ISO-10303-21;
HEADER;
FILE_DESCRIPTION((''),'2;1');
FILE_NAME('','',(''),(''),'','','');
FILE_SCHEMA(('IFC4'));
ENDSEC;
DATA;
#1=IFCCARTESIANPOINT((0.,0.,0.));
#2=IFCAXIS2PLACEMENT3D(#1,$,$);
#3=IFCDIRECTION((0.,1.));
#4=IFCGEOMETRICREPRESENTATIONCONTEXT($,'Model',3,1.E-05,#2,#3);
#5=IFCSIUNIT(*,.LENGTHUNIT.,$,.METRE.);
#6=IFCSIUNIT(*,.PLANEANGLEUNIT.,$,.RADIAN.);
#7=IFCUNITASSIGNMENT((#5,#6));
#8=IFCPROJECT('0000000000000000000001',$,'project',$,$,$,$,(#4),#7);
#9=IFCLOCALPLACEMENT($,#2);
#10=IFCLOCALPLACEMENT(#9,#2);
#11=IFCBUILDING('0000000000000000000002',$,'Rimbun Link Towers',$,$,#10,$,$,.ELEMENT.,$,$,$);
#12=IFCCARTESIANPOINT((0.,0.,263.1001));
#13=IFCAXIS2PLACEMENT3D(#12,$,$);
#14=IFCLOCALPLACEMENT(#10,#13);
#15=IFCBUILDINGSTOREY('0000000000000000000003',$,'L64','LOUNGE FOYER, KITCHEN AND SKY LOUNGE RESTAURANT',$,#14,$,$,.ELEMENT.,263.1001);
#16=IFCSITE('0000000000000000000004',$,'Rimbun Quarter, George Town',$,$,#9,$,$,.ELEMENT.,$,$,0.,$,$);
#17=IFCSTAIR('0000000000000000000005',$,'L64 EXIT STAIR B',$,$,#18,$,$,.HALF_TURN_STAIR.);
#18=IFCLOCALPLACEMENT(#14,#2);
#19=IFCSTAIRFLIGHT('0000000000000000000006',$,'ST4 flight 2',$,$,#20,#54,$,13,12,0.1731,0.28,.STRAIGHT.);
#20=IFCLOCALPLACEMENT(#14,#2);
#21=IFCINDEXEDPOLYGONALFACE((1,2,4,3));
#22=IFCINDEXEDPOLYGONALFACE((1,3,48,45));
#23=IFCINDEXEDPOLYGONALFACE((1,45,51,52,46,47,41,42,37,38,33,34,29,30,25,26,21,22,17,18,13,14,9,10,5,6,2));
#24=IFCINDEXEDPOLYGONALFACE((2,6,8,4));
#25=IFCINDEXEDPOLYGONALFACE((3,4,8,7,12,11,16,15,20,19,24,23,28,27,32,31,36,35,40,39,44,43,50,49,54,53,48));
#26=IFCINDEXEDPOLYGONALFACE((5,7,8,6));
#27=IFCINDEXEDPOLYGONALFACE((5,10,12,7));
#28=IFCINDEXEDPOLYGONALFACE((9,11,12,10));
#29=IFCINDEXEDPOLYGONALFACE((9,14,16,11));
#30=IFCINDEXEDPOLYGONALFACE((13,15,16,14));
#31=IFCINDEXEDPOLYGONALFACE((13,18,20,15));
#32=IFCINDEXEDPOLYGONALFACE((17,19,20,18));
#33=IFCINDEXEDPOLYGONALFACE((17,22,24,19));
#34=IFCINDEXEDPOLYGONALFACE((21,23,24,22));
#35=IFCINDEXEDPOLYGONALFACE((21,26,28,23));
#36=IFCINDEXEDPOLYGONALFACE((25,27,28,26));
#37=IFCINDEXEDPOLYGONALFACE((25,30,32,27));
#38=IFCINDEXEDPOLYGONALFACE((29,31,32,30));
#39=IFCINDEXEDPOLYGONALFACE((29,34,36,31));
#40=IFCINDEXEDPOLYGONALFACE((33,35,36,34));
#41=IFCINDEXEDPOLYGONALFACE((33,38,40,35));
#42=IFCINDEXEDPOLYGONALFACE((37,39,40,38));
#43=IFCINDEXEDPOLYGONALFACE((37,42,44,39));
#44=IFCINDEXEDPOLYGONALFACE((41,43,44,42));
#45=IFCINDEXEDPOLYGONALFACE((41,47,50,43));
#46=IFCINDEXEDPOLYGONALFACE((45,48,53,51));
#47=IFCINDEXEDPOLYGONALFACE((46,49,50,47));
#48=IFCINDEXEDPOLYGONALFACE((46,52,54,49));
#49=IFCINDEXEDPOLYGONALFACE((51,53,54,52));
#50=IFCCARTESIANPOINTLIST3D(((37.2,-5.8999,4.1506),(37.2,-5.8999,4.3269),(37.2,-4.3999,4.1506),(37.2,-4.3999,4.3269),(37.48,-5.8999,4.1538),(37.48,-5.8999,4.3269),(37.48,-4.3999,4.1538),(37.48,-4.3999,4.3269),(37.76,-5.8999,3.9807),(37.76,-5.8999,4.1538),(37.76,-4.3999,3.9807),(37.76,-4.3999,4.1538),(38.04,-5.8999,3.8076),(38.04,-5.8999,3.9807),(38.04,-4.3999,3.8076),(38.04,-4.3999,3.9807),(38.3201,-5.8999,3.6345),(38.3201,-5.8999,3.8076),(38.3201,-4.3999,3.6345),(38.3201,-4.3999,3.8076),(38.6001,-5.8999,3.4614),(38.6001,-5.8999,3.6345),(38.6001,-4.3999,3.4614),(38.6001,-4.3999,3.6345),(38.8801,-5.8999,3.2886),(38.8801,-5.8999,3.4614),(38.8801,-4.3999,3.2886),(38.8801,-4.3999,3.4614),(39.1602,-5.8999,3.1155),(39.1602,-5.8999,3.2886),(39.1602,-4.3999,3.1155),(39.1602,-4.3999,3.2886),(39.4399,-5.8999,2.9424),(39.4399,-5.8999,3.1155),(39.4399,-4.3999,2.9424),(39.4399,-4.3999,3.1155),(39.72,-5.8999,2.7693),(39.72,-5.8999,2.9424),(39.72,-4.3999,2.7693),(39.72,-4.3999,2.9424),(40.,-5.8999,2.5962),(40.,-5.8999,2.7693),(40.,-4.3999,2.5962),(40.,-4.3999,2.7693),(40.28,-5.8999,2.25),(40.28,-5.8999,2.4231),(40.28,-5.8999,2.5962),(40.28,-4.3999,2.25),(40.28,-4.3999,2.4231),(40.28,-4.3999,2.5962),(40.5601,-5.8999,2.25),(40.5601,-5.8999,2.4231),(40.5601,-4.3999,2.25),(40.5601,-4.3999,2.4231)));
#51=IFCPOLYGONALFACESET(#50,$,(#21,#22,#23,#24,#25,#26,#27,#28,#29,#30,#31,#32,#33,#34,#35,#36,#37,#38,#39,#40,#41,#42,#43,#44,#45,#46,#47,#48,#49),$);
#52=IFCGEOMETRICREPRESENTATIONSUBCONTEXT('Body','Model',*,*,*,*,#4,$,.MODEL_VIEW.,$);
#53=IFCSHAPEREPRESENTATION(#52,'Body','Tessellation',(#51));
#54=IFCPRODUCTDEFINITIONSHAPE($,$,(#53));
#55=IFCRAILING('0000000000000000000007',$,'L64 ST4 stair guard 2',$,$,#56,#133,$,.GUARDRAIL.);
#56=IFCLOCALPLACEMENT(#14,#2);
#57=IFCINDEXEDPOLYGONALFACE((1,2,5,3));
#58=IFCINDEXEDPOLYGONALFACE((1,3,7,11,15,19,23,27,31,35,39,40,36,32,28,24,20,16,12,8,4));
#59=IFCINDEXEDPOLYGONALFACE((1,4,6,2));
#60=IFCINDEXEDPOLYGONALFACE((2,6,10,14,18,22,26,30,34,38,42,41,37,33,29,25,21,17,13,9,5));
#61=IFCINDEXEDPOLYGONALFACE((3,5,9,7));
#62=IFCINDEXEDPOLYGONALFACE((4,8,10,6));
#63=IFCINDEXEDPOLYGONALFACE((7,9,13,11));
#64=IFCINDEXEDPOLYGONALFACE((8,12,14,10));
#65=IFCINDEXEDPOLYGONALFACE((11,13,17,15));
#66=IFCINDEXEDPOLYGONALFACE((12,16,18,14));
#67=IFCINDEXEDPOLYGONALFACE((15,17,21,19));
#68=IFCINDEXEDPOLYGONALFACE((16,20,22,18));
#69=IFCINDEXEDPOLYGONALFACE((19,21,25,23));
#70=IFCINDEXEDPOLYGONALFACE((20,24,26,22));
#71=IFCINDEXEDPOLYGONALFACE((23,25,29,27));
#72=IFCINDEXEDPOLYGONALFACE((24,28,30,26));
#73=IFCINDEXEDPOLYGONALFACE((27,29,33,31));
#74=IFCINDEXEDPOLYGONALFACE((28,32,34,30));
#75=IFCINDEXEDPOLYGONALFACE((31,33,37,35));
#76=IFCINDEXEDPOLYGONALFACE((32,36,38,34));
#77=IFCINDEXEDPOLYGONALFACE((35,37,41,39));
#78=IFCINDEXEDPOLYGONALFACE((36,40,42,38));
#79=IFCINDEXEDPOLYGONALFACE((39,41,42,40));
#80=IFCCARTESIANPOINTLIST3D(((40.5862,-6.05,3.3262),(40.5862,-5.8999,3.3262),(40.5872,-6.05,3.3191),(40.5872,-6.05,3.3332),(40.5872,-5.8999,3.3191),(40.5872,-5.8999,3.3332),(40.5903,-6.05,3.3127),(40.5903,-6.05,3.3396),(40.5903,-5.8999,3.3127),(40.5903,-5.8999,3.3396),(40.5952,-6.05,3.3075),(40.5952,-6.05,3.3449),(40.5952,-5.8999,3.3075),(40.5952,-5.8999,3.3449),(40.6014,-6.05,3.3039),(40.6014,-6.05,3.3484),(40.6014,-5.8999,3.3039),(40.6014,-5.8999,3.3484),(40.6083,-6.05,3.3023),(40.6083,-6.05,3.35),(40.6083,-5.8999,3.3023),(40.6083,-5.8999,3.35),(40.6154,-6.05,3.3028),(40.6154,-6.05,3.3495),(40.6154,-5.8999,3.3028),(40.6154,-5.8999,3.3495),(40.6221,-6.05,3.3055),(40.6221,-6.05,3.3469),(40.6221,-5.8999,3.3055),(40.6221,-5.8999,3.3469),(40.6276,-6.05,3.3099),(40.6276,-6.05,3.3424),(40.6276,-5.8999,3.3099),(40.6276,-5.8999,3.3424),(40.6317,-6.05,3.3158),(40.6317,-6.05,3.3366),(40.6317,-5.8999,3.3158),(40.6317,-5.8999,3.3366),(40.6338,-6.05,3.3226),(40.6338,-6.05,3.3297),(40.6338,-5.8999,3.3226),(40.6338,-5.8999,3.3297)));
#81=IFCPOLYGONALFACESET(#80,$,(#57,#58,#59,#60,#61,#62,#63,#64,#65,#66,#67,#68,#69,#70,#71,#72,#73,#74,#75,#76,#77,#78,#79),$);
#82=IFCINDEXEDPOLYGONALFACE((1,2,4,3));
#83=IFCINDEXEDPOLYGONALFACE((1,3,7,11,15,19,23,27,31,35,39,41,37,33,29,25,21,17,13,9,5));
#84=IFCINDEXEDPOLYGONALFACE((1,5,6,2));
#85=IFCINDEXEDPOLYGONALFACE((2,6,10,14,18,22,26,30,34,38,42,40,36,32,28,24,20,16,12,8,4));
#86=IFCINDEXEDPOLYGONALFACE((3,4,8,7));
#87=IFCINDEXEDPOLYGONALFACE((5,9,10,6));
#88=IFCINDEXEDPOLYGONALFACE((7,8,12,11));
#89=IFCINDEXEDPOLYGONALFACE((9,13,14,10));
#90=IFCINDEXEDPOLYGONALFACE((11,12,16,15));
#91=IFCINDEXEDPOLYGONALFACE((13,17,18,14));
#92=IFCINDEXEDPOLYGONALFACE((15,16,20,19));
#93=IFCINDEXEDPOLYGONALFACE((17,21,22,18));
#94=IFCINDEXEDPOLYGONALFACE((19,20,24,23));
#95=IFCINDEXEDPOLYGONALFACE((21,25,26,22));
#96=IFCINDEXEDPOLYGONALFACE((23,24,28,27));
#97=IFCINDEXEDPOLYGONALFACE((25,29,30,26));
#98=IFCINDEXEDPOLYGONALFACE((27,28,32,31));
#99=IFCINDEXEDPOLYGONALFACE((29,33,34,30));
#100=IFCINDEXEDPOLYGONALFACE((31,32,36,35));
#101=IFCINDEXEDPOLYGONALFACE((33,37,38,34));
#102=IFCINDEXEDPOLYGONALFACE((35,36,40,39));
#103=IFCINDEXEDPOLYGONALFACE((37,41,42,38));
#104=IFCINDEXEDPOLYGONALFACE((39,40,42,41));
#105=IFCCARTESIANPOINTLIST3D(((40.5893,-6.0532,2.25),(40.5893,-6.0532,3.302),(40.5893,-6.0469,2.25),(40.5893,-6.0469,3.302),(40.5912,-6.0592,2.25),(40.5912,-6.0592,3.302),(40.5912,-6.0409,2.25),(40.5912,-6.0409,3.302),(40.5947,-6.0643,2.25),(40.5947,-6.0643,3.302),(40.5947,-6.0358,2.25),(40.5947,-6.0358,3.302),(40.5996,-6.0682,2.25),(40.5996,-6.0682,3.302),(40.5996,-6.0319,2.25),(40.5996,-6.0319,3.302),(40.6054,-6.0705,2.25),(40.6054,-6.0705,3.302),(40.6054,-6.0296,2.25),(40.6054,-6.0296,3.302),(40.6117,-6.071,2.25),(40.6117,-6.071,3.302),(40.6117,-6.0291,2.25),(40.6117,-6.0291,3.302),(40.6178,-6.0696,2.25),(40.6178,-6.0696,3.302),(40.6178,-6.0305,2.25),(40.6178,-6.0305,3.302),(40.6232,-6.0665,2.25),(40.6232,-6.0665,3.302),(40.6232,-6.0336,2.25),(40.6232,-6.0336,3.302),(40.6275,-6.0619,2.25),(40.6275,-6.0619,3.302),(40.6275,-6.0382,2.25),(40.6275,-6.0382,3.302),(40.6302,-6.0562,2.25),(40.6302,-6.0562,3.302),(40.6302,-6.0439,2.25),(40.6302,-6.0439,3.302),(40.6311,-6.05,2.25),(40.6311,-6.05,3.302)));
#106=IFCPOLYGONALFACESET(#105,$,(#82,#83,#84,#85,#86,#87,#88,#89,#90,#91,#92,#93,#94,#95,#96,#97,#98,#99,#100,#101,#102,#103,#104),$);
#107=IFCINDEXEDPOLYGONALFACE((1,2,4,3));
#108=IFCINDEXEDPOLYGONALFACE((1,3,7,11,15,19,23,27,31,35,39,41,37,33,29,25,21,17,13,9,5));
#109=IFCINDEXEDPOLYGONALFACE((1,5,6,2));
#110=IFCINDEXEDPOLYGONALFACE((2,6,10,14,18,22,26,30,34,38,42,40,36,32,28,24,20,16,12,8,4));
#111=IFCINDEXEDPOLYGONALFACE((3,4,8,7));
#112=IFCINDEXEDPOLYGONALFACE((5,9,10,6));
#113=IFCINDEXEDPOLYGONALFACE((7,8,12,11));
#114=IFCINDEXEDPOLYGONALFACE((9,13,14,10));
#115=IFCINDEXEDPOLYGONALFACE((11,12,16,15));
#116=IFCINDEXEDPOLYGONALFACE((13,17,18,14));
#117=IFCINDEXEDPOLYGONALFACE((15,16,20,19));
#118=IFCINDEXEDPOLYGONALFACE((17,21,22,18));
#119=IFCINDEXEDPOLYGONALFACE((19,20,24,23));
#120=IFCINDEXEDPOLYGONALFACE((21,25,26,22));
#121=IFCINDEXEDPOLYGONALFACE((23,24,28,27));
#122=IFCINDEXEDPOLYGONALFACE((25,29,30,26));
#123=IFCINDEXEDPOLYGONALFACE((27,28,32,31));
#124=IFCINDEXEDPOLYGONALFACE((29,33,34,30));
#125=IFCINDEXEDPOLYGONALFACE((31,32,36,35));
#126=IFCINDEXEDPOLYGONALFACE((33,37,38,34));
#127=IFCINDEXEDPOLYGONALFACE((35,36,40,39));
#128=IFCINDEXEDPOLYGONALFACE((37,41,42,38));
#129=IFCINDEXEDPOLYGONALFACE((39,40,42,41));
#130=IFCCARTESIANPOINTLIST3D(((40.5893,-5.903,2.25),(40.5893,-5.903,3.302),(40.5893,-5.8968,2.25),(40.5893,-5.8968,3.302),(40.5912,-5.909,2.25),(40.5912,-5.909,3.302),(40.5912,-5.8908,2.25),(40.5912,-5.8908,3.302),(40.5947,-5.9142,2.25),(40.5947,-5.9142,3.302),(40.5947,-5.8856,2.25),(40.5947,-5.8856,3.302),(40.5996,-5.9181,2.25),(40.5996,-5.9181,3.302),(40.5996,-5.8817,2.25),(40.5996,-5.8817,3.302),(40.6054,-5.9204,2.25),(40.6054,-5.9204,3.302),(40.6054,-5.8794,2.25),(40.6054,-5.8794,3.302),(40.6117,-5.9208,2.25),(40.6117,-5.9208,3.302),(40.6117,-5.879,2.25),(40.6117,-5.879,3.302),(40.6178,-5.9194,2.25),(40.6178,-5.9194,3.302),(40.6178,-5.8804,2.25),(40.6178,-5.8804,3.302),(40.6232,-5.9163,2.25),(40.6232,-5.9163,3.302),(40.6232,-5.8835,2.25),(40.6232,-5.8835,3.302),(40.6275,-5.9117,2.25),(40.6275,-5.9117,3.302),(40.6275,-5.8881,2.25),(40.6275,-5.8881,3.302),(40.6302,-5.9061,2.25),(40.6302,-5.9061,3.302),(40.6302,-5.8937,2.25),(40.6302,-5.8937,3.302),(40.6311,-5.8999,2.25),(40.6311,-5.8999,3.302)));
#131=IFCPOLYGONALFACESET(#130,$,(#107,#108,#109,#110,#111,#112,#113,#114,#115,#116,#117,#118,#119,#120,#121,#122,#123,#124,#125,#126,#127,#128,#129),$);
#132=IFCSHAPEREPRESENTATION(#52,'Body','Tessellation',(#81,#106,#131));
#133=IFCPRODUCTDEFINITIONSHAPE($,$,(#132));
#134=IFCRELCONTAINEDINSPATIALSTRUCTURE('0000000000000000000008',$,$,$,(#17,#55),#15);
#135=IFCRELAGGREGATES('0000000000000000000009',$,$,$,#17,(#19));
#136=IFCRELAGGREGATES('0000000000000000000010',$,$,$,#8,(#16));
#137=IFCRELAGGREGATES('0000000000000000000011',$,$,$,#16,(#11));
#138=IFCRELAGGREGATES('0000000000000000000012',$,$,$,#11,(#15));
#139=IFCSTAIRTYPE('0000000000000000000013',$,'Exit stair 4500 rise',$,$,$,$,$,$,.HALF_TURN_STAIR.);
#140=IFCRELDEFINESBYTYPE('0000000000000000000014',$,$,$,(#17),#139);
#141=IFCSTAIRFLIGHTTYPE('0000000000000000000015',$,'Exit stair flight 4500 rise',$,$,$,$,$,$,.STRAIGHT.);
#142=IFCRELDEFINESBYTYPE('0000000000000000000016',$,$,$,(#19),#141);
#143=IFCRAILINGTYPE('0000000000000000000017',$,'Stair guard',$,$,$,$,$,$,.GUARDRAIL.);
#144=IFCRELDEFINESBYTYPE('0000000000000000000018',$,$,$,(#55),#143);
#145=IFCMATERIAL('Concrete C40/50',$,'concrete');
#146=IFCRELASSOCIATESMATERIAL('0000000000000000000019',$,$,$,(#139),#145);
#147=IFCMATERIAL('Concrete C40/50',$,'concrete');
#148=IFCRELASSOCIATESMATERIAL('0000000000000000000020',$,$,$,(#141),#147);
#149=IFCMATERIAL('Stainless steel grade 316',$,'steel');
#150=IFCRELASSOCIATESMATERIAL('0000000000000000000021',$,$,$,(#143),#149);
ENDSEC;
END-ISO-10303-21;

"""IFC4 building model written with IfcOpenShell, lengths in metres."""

from ifc_helpers import new_model, si_unit, direction, frame, origin, origin_2d, place, context, subcontext, project, spatial, polyline, circle, outline, extrude, material, type_object, element, aggregate, save


model = new_model("IFC4")

# Units and contexts
model_context = context("Model", 3, precision=1e-05, world=origin(), true_north=direction((0.0, 1.0)))
body_context = subcontext(model_context, "Body", "Model", "MODEL_VIEW")
ifc_project = project(units=[si_unit("LENGTHUNIT", "METRE"), si_unit("PLANEANGLEUNIT", "RADIAN")], contexts=[model_context])

# Site, building, storey
site_placement = place(None, origin())
site = spatial("IfcSite", under=ifc_project, at=site_placement, Name="Rimbun Quarter, George Town", CompositionType="ELEMENT", RefElevation=0.0)
building_placement = place(site_placement, origin())
building = spatial("IfcBuilding", under=site, at=building_placement, Name="Rimbun Link Towers", CompositionType="ELEMENT")
storey_placement = place(building_placement, frame((0.0, 0.0, 263.1001)))
storey = spatial("IfcBuildingStorey", under=building, at=storey_placement, Name="L64", Description="LOUNGE FOYER, KITCHEN AND SKY LOUNGE RESTAURANT", CompositionType="ELEMENT", Elevation=263.1001)

# Stair, stair flight
ifc_material_1 = material(Name="Concrete C40/50", Category="concrete")
stair_type = type_object("IfcStairType", Name="Exit stair 4500 rise", PredefinedType="HALF_TURN_STAIR", material=ifc_material_1)
stair_placement = place(storey_placement, origin())
stair = element("IfcStair", 1, at=stair_placement, inside=storey, type_object=stair_type, Name="L64 EXIT STAIR B", PredefinedType="HALF_TURN_STAIR")
ifc_material_2 = material(Name="Concrete C40/50", Category="concrete")
stair_flight_type = type_object("IfcStairFlightType", Name="Exit stair flight 4500 rise", PredefinedType="STRAIGHT", material=ifc_material_2)
stair_flight_placement = place(storey_placement, frame((40.5601, -5.1499, 2.25), z_axis=(0.0, 0.0, 1.0), x_axis=(-1.0, 0.0, 0.0)))
stair_flight = element("IfcStairFlight", 2, at=stair_flight_placement, type_object=stair_flight_type, Name="ST4 flight 2", NumberOfRisers=13, NumberOfTreads=12, PredefinedType="STRAIGHT", RiserHeight=0.1731, TreadLength=0.28, context=body_context, shape_type="SweptSolid", body=[
    extrude(outline(polyline([(0.0, 0.0), (0.0, 0.1731), (0.28, 0.1731), (0.28, 0.3462), (0.5601, 0.3462), (0.5601, 0.5193), (0.8401, 0.5193), (0.8401, 0.6924), (1.1201, 0.6924), (1.1201, 0.8655), (1.3999, 0.8655), (1.3999, 1.0386), (1.6799, 1.0386), (1.6799, 1.2114), (1.96, 1.2114), (1.96, 1.3845), (2.24, 1.3845), (2.24, 1.5576), (2.52, 1.5576), (2.52, 1.7307), (2.8, 1.7307), (2.8, 1.9038), (3.0801, 1.9038), (3.0801, 2.0769), (3.3601, 2.0769), (3.3601, 2.25), (3.3601, 1.9006), (0.28, 0.0), (0.0, 0.0)])), frame((0.0, 0.75, 0.0), z_axis=(0.0, -1.0, 0.0), x_axis=(1.0, 0.0, 0.0)), (0.0, 0.0, 1.0), 1.5),
])
aggregate(stair, [stair_flight])

# Railing
ifc_material_3 = material(Name="Stainless steel grade 316", Category="steel")
railing_type_1 = type_object("IfcRailingType", Name="Stair guard", PredefinedType="GUARDRAIL", material=ifc_material_3)
railing_1_placement = place(storey_placement, frame((40.6101, -6.05, 2.25)))
element("IfcRailing", 3, at=railing_1_placement, inside=storey, type_object=railing_type_1, Name="L64 ST4 stair guard 2", PredefinedType="GUARDRAIL", context=body_context, shape_type="SweptSolid", body=[
    extrude(circle(Radius=0.0239, at=origin_2d()), frame((0.0, 0.0, 1.0762), z_axis=(0.0, 1.0, 0.0), x_axis=(-1.0, 0.0, 0.0)), (0.0, 0.0, 1.0), 0.1501),
    extrude(circle(Radius=0.021, at=origin_2d()), origin(), (0.0, 0.0, 1.0), 1.052),
    extrude(circle(Radius=0.021, at=origin_2d()), frame((0.0, 0.1501, 0.0)), (0.0, 0.0, 1.0), 1.052),
])

save(model, "model.ifc")
